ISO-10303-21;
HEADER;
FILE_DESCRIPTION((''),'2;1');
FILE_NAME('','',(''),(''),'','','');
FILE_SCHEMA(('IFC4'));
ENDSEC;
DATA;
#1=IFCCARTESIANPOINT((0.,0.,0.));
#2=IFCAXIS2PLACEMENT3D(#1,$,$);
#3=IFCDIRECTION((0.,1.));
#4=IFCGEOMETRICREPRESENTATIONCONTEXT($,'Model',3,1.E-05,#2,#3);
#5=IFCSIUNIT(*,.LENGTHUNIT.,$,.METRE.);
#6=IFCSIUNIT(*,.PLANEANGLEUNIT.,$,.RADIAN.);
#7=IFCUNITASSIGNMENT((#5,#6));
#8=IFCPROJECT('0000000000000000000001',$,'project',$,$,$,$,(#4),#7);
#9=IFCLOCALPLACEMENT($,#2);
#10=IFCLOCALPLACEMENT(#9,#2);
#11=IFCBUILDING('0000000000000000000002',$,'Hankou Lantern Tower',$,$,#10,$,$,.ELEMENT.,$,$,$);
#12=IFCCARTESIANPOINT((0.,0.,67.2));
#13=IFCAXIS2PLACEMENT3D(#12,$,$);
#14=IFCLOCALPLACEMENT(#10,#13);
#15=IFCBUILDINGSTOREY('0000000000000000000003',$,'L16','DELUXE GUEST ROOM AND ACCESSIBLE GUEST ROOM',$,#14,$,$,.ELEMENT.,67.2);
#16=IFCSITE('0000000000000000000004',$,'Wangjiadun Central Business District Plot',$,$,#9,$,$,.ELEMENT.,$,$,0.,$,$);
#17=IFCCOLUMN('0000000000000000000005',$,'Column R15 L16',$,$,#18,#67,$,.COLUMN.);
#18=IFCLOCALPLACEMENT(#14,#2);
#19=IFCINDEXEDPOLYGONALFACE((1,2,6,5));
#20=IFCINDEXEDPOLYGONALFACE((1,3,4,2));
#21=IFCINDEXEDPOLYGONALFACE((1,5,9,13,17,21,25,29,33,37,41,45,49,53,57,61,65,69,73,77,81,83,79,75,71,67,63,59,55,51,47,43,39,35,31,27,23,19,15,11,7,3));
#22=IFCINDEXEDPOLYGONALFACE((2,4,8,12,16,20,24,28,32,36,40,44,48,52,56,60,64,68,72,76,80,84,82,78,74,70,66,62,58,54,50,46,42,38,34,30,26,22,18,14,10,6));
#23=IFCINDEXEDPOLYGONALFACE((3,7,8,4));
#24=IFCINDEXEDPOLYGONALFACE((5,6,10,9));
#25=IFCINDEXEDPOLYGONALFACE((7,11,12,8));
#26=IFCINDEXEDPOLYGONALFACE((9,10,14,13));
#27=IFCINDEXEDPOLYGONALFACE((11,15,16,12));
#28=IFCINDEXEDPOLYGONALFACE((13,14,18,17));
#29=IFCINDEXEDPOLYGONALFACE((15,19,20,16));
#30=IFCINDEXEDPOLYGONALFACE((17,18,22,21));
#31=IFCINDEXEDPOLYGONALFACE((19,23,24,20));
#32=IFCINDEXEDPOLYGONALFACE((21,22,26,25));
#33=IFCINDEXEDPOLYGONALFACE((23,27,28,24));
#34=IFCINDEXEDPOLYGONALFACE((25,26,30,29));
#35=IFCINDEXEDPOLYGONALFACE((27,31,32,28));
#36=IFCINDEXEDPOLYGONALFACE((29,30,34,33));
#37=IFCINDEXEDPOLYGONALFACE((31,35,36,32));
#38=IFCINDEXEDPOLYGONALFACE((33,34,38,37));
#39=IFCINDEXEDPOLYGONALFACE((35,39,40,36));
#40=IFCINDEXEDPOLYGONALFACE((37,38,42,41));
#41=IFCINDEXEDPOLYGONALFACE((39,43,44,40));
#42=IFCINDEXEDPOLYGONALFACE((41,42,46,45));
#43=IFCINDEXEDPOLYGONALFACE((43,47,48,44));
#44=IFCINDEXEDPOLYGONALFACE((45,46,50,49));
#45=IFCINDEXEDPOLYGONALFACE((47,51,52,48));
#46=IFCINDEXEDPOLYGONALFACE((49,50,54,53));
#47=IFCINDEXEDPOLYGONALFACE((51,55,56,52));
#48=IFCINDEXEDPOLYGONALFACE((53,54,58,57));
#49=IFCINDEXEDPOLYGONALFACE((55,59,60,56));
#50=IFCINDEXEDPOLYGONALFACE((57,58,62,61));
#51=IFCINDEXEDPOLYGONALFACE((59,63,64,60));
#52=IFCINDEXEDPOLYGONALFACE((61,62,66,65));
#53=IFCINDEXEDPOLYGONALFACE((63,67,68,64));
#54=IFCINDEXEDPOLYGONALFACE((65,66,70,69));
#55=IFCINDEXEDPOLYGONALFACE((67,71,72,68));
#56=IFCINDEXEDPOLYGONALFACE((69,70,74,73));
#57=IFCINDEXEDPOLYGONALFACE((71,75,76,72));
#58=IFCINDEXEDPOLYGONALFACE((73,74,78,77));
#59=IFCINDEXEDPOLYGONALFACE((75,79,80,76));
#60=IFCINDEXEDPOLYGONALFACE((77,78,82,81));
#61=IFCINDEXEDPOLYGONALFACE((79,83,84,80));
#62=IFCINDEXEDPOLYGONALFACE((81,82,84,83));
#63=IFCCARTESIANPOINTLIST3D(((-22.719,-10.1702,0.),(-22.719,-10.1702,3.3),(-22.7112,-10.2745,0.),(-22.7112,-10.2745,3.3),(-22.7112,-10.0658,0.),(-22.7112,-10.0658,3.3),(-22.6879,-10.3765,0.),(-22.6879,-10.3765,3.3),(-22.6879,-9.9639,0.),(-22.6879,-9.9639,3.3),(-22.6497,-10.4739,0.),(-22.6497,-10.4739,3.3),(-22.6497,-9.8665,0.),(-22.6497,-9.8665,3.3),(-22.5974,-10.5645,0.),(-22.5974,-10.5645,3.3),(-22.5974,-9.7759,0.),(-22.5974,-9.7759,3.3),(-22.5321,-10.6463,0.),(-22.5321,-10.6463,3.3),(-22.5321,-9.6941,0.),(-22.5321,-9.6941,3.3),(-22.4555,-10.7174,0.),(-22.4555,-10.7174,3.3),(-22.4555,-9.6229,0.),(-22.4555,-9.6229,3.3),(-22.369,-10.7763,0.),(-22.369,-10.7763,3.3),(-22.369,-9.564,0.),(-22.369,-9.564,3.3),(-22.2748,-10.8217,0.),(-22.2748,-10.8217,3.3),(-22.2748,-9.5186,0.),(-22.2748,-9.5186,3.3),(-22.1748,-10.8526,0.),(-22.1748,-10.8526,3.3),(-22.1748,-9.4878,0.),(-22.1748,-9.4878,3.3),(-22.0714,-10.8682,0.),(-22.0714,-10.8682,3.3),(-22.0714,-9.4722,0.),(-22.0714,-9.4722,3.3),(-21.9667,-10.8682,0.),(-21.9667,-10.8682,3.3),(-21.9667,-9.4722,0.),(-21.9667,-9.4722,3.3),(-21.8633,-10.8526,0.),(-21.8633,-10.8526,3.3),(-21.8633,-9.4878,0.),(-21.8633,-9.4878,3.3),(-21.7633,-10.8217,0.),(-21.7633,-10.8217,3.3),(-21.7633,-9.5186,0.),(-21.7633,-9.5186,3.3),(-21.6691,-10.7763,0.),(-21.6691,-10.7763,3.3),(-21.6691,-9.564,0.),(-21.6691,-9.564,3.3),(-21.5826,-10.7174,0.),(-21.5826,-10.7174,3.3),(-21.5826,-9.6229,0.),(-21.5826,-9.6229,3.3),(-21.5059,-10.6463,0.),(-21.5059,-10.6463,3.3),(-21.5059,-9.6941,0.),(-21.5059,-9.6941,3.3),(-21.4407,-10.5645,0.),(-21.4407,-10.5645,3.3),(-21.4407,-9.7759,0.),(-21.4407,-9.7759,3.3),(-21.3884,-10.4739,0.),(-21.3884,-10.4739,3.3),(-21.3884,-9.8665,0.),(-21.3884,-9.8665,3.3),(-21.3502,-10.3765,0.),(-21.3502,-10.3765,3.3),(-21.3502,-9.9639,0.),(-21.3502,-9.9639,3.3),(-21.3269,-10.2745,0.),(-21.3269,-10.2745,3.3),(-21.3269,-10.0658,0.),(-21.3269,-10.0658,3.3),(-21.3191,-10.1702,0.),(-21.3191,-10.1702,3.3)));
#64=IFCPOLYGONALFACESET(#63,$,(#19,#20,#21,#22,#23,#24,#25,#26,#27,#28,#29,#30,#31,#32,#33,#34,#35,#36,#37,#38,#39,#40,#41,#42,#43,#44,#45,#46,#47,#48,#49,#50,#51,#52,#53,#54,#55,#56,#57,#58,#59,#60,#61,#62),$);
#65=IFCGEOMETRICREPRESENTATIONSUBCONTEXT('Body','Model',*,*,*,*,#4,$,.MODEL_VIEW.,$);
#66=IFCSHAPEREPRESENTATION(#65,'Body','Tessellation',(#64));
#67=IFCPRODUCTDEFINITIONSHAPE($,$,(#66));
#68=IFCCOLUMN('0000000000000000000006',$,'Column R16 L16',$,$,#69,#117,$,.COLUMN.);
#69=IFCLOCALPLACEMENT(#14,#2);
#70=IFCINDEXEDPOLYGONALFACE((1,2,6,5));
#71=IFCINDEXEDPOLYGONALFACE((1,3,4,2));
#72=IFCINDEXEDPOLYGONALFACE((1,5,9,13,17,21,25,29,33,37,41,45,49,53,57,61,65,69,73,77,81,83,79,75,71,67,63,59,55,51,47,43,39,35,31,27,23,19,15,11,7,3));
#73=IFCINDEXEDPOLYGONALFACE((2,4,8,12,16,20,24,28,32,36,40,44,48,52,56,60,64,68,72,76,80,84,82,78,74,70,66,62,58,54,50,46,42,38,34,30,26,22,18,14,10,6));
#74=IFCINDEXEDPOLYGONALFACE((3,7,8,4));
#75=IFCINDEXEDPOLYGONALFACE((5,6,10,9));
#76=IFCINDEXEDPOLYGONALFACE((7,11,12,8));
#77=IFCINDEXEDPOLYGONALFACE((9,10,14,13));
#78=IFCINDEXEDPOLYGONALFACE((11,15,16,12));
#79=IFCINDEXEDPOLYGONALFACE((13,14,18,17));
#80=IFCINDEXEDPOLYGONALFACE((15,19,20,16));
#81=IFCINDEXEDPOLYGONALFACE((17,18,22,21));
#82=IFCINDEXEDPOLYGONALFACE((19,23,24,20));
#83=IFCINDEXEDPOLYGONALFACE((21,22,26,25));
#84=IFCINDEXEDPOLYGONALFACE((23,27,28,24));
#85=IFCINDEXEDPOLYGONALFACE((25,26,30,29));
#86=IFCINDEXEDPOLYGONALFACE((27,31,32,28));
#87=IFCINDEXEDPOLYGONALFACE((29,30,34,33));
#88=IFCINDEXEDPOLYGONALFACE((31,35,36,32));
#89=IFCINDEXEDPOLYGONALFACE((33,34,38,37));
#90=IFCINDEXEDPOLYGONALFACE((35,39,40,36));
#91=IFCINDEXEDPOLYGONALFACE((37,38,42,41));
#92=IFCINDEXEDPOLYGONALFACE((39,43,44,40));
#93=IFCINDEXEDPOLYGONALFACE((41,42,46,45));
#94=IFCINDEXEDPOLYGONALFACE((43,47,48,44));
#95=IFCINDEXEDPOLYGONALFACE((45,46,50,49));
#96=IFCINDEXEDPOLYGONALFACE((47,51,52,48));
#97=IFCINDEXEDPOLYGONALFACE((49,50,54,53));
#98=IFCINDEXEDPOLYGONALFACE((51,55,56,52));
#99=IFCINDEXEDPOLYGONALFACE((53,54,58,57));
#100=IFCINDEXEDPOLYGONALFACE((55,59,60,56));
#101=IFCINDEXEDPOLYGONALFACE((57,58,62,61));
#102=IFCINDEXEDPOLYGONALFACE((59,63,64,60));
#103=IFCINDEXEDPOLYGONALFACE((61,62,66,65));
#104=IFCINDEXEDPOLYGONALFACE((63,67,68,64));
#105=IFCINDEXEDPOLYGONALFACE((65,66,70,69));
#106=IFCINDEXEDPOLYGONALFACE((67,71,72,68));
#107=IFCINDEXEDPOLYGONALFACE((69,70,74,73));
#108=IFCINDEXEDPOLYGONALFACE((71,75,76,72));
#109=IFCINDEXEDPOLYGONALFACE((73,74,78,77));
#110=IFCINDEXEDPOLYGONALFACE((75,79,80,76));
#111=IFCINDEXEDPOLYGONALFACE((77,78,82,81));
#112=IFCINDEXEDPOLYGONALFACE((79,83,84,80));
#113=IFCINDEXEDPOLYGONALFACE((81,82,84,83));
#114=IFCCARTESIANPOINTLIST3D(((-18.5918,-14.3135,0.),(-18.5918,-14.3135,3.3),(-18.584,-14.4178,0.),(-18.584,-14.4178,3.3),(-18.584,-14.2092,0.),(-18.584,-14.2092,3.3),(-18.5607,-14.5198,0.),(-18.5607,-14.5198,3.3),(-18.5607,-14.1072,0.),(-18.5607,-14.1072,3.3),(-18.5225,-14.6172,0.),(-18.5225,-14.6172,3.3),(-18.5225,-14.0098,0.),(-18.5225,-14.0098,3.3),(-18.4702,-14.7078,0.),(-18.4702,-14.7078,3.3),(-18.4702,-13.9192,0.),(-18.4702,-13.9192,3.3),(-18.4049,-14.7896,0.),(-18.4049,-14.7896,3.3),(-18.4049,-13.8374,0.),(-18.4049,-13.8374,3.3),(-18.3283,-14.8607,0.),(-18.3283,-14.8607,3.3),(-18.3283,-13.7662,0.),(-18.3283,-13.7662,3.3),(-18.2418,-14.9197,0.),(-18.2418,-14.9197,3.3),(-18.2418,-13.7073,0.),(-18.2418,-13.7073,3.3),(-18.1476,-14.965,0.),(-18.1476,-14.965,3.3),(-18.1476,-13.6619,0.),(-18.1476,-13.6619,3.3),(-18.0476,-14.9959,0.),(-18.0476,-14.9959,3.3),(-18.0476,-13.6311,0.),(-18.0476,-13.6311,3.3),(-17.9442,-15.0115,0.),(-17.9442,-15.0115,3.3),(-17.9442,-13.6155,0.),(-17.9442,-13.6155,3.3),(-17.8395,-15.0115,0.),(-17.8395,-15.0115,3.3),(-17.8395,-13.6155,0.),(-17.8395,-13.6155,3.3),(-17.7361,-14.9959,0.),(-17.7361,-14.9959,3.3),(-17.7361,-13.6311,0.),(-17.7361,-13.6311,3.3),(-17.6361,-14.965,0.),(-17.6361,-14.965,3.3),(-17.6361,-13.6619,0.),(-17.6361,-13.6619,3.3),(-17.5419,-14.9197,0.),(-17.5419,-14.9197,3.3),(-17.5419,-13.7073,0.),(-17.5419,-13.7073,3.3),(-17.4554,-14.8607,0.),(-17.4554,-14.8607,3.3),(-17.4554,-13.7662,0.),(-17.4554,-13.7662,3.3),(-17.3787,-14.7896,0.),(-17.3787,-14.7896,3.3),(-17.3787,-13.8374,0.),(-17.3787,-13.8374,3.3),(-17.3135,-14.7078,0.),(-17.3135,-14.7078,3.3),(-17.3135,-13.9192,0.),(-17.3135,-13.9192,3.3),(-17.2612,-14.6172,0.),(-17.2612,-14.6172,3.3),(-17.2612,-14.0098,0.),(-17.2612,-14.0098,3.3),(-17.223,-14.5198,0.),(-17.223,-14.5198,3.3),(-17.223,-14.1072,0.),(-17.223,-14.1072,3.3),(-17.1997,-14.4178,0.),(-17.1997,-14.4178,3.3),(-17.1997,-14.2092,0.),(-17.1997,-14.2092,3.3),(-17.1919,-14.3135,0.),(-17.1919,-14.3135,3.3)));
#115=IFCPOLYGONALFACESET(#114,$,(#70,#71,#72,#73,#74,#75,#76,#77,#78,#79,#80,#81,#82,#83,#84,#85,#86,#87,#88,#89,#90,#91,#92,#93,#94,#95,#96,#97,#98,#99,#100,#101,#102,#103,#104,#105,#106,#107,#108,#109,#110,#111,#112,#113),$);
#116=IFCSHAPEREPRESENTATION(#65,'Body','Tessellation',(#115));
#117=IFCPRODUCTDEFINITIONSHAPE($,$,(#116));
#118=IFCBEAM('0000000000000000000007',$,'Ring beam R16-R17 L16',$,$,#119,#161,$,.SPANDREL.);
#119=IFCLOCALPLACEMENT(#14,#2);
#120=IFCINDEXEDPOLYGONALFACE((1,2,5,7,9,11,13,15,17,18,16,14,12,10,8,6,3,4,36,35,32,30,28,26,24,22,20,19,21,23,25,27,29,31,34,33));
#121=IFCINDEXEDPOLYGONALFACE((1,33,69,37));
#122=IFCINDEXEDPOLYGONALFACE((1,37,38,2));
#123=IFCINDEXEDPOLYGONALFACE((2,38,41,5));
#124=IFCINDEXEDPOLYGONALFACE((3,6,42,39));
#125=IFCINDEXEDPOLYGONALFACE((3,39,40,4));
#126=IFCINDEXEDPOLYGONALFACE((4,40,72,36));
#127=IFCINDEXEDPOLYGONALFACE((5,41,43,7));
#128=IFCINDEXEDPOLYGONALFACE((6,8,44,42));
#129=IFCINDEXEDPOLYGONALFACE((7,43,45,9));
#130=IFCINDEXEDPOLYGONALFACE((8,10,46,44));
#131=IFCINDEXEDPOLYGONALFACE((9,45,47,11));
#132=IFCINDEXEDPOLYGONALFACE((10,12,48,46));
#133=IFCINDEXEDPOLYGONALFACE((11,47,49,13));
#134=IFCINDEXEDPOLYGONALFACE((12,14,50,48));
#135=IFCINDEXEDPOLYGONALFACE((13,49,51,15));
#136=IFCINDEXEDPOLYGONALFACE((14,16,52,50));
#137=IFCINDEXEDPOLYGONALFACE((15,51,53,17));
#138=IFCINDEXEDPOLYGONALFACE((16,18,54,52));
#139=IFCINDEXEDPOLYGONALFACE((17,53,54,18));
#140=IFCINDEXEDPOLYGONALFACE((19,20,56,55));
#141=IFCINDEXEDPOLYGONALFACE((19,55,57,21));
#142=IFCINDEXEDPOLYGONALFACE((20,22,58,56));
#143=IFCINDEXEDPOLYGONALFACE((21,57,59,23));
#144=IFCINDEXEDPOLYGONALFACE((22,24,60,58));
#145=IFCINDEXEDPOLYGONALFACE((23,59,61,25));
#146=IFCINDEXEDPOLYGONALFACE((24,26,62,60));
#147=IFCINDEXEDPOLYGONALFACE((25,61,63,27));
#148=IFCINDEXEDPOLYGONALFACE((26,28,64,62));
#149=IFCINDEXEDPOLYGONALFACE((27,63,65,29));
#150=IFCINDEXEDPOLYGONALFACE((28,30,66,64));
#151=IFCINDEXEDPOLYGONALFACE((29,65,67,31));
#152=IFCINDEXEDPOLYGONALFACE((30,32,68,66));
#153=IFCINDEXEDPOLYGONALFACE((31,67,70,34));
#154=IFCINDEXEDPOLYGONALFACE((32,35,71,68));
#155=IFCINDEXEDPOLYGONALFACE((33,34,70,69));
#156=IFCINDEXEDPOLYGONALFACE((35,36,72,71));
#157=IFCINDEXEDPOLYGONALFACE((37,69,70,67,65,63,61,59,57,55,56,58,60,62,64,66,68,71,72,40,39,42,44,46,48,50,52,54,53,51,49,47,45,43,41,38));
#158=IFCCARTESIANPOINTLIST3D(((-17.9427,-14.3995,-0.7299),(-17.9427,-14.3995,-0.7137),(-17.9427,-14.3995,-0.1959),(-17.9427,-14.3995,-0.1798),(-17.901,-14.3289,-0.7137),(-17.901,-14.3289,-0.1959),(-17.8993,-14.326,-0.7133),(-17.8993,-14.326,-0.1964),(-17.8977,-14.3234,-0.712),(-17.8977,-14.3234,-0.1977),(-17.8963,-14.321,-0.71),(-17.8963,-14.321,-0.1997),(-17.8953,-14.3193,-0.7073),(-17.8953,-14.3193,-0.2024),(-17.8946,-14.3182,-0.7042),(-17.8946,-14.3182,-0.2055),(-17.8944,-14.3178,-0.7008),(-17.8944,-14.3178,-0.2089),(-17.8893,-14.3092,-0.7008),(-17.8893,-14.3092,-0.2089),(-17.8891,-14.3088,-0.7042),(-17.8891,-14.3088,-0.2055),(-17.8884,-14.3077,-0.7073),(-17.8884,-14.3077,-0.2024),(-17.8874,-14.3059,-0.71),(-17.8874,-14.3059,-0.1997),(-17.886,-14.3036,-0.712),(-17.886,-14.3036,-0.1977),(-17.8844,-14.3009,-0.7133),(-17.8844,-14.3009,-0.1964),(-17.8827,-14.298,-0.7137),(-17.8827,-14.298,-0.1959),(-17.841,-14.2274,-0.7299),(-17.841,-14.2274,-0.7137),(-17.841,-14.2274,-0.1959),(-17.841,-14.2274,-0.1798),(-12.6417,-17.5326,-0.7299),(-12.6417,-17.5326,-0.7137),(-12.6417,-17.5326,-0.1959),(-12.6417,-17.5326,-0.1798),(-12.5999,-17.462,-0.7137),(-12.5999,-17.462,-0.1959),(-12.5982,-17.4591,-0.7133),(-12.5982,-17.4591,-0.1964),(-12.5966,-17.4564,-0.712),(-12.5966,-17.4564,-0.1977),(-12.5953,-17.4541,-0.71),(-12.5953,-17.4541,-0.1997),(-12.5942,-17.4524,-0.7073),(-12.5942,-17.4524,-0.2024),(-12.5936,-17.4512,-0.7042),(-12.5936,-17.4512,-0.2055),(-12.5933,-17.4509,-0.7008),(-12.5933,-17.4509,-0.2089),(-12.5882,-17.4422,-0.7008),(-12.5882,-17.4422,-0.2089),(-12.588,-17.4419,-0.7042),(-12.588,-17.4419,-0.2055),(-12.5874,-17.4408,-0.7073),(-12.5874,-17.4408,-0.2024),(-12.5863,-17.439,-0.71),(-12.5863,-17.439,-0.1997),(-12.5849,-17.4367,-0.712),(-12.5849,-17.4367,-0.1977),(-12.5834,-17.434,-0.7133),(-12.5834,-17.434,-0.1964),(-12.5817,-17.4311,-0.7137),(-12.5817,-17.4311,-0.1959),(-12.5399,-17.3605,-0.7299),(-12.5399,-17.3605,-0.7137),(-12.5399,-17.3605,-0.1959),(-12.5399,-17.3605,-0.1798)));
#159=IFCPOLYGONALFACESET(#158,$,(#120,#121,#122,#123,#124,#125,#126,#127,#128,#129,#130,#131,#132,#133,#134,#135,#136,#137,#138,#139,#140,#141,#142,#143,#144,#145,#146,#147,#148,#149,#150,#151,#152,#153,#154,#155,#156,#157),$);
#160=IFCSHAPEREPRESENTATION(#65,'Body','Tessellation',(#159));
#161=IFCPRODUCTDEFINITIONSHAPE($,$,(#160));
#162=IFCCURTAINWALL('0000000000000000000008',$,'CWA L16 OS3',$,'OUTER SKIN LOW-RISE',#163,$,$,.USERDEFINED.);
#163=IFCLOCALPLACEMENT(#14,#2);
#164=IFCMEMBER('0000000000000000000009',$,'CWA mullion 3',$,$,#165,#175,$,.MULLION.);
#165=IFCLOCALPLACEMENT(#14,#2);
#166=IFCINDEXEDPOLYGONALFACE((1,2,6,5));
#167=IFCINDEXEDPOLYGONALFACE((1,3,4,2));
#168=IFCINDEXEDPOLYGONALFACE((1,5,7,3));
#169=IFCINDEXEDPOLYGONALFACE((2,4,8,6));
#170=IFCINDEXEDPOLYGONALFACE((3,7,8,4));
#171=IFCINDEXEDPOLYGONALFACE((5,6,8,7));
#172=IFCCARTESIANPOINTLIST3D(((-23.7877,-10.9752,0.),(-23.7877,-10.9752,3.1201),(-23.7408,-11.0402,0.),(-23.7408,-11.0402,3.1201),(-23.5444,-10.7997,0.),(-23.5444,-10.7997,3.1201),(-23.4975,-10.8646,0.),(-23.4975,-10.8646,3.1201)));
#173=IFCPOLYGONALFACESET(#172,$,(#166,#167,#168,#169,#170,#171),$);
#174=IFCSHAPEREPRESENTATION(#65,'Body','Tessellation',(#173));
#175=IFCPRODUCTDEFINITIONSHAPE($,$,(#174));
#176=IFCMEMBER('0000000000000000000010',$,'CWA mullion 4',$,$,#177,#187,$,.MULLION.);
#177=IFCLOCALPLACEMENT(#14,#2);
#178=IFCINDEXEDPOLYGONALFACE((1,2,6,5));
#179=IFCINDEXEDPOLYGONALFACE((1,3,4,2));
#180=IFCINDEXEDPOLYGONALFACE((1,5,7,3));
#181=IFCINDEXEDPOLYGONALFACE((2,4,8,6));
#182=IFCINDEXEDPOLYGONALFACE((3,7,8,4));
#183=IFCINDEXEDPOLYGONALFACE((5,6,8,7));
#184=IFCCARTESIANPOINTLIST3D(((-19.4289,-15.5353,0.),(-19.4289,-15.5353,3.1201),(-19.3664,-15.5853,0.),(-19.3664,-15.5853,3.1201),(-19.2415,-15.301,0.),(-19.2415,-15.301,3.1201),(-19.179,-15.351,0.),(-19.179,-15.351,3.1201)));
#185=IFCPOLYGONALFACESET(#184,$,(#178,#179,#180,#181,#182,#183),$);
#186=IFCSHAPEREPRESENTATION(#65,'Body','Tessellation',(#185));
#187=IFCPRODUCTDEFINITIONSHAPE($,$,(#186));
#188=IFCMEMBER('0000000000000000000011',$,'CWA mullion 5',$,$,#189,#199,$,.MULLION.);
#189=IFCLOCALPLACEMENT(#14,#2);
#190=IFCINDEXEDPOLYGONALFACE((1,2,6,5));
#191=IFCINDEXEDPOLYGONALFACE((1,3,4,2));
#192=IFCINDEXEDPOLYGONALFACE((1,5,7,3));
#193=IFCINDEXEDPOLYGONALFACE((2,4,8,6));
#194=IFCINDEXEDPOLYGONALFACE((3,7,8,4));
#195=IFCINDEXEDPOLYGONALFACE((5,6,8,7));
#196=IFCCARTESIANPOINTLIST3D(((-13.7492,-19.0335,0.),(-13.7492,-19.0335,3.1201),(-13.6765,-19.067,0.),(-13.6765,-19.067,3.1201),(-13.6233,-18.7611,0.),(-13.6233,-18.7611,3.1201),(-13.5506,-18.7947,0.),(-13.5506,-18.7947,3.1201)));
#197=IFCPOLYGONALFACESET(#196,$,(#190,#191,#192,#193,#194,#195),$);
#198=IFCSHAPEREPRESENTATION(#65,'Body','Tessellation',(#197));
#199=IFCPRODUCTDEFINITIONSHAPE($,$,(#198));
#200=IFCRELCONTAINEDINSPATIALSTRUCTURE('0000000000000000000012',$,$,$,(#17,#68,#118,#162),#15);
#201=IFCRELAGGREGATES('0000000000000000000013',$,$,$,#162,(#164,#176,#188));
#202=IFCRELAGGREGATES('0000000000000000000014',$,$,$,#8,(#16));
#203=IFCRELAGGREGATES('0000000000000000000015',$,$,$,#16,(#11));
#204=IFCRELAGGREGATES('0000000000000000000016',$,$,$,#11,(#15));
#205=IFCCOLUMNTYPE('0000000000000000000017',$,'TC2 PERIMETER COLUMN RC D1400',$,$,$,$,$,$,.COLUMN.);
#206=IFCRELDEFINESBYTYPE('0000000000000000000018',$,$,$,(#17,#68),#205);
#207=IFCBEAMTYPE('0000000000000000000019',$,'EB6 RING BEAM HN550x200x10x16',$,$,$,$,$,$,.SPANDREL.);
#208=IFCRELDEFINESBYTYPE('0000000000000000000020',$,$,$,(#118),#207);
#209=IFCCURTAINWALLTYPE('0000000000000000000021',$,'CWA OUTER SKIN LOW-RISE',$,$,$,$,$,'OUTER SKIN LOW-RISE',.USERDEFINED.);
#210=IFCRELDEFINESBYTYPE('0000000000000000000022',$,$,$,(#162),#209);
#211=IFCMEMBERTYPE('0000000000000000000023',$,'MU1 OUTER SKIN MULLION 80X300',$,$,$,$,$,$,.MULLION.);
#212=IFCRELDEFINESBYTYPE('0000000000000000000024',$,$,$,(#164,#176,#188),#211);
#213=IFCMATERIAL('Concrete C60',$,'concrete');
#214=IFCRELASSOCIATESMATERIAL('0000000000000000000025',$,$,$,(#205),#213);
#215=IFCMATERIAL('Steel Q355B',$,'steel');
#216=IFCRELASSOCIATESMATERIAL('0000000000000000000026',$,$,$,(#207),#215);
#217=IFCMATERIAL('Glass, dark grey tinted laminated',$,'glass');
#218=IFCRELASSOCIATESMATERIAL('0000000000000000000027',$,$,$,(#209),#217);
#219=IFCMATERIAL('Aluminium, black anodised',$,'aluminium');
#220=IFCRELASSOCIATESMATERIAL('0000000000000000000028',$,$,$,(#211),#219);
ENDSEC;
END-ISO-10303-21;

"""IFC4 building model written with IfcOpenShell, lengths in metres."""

from ifc_helpers import new_model, si_unit, direction, frame, origin, origin_2d, place, context, subcontext, project, spatial, rectangle, circle, i_section, extrude, material, material_profile, profile_set, type_object, element, aggregate, save


model = new_model("IFC4")

# Units and contexts
model_context = context("Model", 3, precision=1e-05, world=origin(), true_north=direction((0.0, 1.0)))
body_context = subcontext(model_context, "Body", "Model", "MODEL_VIEW")
ifc_project = project(units=[si_unit("LENGTHUNIT", "METRE"), si_unit("PLANEANGLEUNIT", "RADIAN")], contexts=[model_context])

# Site, building, storey
site_placement = place(None, origin())
site = spatial("IfcSite", under=ifc_project, at=site_placement, Name="Wangjiadun Central Business District Plot", CompositionType="ELEMENT", RefElevation=0.0)
building_placement = place(site_placement, origin())
building = spatial("IfcBuilding", under=site, at=building_placement, Name="Hankou Lantern Tower", CompositionType="ELEMENT")
storey_placement = place(building_placement, frame((0.0, 0.0, 67.2)))
storey = spatial("IfcBuildingStorey", under=building, at=storey_placement, Name="L16", Description="DELUXE GUEST ROOM AND ACCESSIBLE GUEST ROOM", CompositionType="ELEMENT", Elevation=67.2)

# Columns
ifc_material_1 = material(Name="Concrete C60", Category="concrete")
ifc_material_profile_1 = material_profile(ifc_material_1, circle(Radius=0.7, at=origin_2d()), Name="RC D1400")
ifc_profile_set_1 = profile_set([ifc_material_profile_1], Name="Concrete C60")
column_type = type_object("IfcColumnType", Name="TC2 PERIMETER COLUMN RC D1400", PredefinedType="COLUMN", material=ifc_profile_set_1)
for number, where, z_axis, x_axis, name in (
    (1, (-22.019, -10.1702, 0.0), (0.0, 0.0, 1.0), (1.0, 0.0, 0.0), "Column R15 L16"),
    (2, (-17.8918, -14.3135, 0.0), (0.0, 0.0, 1.0), (1.0, 0.0, 0.0), "Column R16 L16"),
):
    element("IfcColumn", number, at=place(storey_placement, frame(where, z_axis=z_axis, x_axis=x_axis)), inside=storey, type_object=column_type, Name=name, PredefinedType="COLUMN", context=body_context, shape_type="SweptSolid", body=[
        extrude(circle(Radius=0.7, at=origin_2d()), origin(), (0.0, 0.0, 1.0), 3.3),
    ])

# Beam
ifc_material_2 = material(Name="Steel Q355B", Category="steel")
ifc_material_profile_2 = material_profile(ifc_material_2, i_section(OverallWidth=0.2, OverallDepth=0.55, WebThickness=0.01, FlangeThickness=0.0161, FilletRadius=0.0129, at=origin_2d()), Name="HN550x200x10x16")
ifc_profile_set_2 = profile_set([ifc_material_profile_2], Name="Steel Q355B")
beam_type_1 = type_object("IfcBeamType", Name="EB6 RING BEAM HN550x200x10x16", PredefinedType="SPANDREL", material=ifc_profile_set_2)
beam_1_placement = place(storey_placement, frame((-17.8918, -14.3135, -0.4548), z_axis=(0.860882, -0.508805, 0.0), x_axis=(0.508805, 0.860882, 0.0)))
element("IfcBeam", 3, at=beam_1_placement, inside=storey, type_object=beam_type_1, Name="Ring beam R16-R17 L16", PredefinedType="SPANDREL", context=body_context, shape_type="SweptSolid", body=[
    extrude(i_section(OverallWidth=0.2, OverallDepth=0.55, WebThickness=0.01, FlangeThickness=0.0161, FilletRadius=0.0129, at=origin_2d()), origin(), (0.0, 0.0, 1.0), 6.1577),
])

# Curtain wall, members
ifc_material_3 = material(Name="Glass, dark grey tinted laminated", Category="glass")
curtain_wall_type = type_object("IfcCurtainWallType", Name="CWA OUTER SKIN LOW-RISE", ElementType="OUTER SKIN LOW-RISE", PredefinedType="USERDEFINED", material=ifc_material_3)
curtain_wall_placement = place(storey_placement, origin())
curtain_wall = element("IfcCurtainWall", 4, at=curtain_wall_placement, inside=storey, type_object=curtain_wall_type, Name="CWA L16 OS3", ObjectType="OUTER SKIN LOW-RISE", PredefinedType="USERDEFINED")
ifc_material_4 = material(Name="Aluminium, black anodised", Category="aluminium")
ifc_material_profile_3 = material_profile(ifc_material_4, rectangle(XDim=0.0801, YDim=0.3, at=origin_2d()), Name="MU1 80X300")
ifc_profile_set_3 = profile_set([ifc_material_profile_3], Name="Aluminium, black anodised")
member_type_1 = type_object("IfcMemberType", Name="MU1 OUTER SKIN MULLION 80X300", PredefinedType="MULLION", material=ifc_profile_set_3)
member_1_placement = place(storey_placement, frame((-23.6426, -10.9199, 0.0), z_axis=(0.0, 0.0, 1.0), x_axis=(0.585206, -0.810885, 0.0)))
member_1 = element("IfcMember", 5, at=member_1_placement, type_object=member_type_1, Name="CWA mullion 3", PredefinedType="MULLION", context=body_context, shape_type="SweptSolid", body=[
    extrude(rectangle(XDim=0.0801, YDim=0.3, at=origin_2d()), origin(), (0.0, 0.0, 1.0), 3.1201),
])
member_2_placement = place(storey_placement, frame((-19.304, -15.4431, 0.0), z_axis=(0.0, 0.0, 1.0), x_axis=(0.780869, -0.624695, 0.0)))
member_2 = element("IfcMember", 6, at=member_2_placement, type_object=member_type_1, Name="CWA mullion 4", PredefinedType="MULLION", context=body_context, shape_type="SweptSolid", body=[
    extrude(rectangle(XDim=0.0801, YDim=0.3, at=origin_2d()), origin(), (0.0, 0.0, 1.0), 3.1201),
])
member_3_placement = place(storey_placement, frame((-13.6499, -18.9141, 0.0), z_axis=(0.0, 0.0, 1.0), x_axis=(0.907841, -0.419314, 0.0)))
member_3 = element("IfcMember", 7, at=member_3_placement, type_object=member_type_1, Name="CWA mullion 5", PredefinedType="MULLION", context=body_context, shape_type="SweptSolid", body=[
    extrude(rectangle(XDim=0.0801, YDim=0.3, at=origin_2d()), origin(), (0.0, 0.0, 1.0), 3.1201),
])

aggregate(curtain_wall, [member_1, member_2, member_3])

save(model, "model.ifc")
